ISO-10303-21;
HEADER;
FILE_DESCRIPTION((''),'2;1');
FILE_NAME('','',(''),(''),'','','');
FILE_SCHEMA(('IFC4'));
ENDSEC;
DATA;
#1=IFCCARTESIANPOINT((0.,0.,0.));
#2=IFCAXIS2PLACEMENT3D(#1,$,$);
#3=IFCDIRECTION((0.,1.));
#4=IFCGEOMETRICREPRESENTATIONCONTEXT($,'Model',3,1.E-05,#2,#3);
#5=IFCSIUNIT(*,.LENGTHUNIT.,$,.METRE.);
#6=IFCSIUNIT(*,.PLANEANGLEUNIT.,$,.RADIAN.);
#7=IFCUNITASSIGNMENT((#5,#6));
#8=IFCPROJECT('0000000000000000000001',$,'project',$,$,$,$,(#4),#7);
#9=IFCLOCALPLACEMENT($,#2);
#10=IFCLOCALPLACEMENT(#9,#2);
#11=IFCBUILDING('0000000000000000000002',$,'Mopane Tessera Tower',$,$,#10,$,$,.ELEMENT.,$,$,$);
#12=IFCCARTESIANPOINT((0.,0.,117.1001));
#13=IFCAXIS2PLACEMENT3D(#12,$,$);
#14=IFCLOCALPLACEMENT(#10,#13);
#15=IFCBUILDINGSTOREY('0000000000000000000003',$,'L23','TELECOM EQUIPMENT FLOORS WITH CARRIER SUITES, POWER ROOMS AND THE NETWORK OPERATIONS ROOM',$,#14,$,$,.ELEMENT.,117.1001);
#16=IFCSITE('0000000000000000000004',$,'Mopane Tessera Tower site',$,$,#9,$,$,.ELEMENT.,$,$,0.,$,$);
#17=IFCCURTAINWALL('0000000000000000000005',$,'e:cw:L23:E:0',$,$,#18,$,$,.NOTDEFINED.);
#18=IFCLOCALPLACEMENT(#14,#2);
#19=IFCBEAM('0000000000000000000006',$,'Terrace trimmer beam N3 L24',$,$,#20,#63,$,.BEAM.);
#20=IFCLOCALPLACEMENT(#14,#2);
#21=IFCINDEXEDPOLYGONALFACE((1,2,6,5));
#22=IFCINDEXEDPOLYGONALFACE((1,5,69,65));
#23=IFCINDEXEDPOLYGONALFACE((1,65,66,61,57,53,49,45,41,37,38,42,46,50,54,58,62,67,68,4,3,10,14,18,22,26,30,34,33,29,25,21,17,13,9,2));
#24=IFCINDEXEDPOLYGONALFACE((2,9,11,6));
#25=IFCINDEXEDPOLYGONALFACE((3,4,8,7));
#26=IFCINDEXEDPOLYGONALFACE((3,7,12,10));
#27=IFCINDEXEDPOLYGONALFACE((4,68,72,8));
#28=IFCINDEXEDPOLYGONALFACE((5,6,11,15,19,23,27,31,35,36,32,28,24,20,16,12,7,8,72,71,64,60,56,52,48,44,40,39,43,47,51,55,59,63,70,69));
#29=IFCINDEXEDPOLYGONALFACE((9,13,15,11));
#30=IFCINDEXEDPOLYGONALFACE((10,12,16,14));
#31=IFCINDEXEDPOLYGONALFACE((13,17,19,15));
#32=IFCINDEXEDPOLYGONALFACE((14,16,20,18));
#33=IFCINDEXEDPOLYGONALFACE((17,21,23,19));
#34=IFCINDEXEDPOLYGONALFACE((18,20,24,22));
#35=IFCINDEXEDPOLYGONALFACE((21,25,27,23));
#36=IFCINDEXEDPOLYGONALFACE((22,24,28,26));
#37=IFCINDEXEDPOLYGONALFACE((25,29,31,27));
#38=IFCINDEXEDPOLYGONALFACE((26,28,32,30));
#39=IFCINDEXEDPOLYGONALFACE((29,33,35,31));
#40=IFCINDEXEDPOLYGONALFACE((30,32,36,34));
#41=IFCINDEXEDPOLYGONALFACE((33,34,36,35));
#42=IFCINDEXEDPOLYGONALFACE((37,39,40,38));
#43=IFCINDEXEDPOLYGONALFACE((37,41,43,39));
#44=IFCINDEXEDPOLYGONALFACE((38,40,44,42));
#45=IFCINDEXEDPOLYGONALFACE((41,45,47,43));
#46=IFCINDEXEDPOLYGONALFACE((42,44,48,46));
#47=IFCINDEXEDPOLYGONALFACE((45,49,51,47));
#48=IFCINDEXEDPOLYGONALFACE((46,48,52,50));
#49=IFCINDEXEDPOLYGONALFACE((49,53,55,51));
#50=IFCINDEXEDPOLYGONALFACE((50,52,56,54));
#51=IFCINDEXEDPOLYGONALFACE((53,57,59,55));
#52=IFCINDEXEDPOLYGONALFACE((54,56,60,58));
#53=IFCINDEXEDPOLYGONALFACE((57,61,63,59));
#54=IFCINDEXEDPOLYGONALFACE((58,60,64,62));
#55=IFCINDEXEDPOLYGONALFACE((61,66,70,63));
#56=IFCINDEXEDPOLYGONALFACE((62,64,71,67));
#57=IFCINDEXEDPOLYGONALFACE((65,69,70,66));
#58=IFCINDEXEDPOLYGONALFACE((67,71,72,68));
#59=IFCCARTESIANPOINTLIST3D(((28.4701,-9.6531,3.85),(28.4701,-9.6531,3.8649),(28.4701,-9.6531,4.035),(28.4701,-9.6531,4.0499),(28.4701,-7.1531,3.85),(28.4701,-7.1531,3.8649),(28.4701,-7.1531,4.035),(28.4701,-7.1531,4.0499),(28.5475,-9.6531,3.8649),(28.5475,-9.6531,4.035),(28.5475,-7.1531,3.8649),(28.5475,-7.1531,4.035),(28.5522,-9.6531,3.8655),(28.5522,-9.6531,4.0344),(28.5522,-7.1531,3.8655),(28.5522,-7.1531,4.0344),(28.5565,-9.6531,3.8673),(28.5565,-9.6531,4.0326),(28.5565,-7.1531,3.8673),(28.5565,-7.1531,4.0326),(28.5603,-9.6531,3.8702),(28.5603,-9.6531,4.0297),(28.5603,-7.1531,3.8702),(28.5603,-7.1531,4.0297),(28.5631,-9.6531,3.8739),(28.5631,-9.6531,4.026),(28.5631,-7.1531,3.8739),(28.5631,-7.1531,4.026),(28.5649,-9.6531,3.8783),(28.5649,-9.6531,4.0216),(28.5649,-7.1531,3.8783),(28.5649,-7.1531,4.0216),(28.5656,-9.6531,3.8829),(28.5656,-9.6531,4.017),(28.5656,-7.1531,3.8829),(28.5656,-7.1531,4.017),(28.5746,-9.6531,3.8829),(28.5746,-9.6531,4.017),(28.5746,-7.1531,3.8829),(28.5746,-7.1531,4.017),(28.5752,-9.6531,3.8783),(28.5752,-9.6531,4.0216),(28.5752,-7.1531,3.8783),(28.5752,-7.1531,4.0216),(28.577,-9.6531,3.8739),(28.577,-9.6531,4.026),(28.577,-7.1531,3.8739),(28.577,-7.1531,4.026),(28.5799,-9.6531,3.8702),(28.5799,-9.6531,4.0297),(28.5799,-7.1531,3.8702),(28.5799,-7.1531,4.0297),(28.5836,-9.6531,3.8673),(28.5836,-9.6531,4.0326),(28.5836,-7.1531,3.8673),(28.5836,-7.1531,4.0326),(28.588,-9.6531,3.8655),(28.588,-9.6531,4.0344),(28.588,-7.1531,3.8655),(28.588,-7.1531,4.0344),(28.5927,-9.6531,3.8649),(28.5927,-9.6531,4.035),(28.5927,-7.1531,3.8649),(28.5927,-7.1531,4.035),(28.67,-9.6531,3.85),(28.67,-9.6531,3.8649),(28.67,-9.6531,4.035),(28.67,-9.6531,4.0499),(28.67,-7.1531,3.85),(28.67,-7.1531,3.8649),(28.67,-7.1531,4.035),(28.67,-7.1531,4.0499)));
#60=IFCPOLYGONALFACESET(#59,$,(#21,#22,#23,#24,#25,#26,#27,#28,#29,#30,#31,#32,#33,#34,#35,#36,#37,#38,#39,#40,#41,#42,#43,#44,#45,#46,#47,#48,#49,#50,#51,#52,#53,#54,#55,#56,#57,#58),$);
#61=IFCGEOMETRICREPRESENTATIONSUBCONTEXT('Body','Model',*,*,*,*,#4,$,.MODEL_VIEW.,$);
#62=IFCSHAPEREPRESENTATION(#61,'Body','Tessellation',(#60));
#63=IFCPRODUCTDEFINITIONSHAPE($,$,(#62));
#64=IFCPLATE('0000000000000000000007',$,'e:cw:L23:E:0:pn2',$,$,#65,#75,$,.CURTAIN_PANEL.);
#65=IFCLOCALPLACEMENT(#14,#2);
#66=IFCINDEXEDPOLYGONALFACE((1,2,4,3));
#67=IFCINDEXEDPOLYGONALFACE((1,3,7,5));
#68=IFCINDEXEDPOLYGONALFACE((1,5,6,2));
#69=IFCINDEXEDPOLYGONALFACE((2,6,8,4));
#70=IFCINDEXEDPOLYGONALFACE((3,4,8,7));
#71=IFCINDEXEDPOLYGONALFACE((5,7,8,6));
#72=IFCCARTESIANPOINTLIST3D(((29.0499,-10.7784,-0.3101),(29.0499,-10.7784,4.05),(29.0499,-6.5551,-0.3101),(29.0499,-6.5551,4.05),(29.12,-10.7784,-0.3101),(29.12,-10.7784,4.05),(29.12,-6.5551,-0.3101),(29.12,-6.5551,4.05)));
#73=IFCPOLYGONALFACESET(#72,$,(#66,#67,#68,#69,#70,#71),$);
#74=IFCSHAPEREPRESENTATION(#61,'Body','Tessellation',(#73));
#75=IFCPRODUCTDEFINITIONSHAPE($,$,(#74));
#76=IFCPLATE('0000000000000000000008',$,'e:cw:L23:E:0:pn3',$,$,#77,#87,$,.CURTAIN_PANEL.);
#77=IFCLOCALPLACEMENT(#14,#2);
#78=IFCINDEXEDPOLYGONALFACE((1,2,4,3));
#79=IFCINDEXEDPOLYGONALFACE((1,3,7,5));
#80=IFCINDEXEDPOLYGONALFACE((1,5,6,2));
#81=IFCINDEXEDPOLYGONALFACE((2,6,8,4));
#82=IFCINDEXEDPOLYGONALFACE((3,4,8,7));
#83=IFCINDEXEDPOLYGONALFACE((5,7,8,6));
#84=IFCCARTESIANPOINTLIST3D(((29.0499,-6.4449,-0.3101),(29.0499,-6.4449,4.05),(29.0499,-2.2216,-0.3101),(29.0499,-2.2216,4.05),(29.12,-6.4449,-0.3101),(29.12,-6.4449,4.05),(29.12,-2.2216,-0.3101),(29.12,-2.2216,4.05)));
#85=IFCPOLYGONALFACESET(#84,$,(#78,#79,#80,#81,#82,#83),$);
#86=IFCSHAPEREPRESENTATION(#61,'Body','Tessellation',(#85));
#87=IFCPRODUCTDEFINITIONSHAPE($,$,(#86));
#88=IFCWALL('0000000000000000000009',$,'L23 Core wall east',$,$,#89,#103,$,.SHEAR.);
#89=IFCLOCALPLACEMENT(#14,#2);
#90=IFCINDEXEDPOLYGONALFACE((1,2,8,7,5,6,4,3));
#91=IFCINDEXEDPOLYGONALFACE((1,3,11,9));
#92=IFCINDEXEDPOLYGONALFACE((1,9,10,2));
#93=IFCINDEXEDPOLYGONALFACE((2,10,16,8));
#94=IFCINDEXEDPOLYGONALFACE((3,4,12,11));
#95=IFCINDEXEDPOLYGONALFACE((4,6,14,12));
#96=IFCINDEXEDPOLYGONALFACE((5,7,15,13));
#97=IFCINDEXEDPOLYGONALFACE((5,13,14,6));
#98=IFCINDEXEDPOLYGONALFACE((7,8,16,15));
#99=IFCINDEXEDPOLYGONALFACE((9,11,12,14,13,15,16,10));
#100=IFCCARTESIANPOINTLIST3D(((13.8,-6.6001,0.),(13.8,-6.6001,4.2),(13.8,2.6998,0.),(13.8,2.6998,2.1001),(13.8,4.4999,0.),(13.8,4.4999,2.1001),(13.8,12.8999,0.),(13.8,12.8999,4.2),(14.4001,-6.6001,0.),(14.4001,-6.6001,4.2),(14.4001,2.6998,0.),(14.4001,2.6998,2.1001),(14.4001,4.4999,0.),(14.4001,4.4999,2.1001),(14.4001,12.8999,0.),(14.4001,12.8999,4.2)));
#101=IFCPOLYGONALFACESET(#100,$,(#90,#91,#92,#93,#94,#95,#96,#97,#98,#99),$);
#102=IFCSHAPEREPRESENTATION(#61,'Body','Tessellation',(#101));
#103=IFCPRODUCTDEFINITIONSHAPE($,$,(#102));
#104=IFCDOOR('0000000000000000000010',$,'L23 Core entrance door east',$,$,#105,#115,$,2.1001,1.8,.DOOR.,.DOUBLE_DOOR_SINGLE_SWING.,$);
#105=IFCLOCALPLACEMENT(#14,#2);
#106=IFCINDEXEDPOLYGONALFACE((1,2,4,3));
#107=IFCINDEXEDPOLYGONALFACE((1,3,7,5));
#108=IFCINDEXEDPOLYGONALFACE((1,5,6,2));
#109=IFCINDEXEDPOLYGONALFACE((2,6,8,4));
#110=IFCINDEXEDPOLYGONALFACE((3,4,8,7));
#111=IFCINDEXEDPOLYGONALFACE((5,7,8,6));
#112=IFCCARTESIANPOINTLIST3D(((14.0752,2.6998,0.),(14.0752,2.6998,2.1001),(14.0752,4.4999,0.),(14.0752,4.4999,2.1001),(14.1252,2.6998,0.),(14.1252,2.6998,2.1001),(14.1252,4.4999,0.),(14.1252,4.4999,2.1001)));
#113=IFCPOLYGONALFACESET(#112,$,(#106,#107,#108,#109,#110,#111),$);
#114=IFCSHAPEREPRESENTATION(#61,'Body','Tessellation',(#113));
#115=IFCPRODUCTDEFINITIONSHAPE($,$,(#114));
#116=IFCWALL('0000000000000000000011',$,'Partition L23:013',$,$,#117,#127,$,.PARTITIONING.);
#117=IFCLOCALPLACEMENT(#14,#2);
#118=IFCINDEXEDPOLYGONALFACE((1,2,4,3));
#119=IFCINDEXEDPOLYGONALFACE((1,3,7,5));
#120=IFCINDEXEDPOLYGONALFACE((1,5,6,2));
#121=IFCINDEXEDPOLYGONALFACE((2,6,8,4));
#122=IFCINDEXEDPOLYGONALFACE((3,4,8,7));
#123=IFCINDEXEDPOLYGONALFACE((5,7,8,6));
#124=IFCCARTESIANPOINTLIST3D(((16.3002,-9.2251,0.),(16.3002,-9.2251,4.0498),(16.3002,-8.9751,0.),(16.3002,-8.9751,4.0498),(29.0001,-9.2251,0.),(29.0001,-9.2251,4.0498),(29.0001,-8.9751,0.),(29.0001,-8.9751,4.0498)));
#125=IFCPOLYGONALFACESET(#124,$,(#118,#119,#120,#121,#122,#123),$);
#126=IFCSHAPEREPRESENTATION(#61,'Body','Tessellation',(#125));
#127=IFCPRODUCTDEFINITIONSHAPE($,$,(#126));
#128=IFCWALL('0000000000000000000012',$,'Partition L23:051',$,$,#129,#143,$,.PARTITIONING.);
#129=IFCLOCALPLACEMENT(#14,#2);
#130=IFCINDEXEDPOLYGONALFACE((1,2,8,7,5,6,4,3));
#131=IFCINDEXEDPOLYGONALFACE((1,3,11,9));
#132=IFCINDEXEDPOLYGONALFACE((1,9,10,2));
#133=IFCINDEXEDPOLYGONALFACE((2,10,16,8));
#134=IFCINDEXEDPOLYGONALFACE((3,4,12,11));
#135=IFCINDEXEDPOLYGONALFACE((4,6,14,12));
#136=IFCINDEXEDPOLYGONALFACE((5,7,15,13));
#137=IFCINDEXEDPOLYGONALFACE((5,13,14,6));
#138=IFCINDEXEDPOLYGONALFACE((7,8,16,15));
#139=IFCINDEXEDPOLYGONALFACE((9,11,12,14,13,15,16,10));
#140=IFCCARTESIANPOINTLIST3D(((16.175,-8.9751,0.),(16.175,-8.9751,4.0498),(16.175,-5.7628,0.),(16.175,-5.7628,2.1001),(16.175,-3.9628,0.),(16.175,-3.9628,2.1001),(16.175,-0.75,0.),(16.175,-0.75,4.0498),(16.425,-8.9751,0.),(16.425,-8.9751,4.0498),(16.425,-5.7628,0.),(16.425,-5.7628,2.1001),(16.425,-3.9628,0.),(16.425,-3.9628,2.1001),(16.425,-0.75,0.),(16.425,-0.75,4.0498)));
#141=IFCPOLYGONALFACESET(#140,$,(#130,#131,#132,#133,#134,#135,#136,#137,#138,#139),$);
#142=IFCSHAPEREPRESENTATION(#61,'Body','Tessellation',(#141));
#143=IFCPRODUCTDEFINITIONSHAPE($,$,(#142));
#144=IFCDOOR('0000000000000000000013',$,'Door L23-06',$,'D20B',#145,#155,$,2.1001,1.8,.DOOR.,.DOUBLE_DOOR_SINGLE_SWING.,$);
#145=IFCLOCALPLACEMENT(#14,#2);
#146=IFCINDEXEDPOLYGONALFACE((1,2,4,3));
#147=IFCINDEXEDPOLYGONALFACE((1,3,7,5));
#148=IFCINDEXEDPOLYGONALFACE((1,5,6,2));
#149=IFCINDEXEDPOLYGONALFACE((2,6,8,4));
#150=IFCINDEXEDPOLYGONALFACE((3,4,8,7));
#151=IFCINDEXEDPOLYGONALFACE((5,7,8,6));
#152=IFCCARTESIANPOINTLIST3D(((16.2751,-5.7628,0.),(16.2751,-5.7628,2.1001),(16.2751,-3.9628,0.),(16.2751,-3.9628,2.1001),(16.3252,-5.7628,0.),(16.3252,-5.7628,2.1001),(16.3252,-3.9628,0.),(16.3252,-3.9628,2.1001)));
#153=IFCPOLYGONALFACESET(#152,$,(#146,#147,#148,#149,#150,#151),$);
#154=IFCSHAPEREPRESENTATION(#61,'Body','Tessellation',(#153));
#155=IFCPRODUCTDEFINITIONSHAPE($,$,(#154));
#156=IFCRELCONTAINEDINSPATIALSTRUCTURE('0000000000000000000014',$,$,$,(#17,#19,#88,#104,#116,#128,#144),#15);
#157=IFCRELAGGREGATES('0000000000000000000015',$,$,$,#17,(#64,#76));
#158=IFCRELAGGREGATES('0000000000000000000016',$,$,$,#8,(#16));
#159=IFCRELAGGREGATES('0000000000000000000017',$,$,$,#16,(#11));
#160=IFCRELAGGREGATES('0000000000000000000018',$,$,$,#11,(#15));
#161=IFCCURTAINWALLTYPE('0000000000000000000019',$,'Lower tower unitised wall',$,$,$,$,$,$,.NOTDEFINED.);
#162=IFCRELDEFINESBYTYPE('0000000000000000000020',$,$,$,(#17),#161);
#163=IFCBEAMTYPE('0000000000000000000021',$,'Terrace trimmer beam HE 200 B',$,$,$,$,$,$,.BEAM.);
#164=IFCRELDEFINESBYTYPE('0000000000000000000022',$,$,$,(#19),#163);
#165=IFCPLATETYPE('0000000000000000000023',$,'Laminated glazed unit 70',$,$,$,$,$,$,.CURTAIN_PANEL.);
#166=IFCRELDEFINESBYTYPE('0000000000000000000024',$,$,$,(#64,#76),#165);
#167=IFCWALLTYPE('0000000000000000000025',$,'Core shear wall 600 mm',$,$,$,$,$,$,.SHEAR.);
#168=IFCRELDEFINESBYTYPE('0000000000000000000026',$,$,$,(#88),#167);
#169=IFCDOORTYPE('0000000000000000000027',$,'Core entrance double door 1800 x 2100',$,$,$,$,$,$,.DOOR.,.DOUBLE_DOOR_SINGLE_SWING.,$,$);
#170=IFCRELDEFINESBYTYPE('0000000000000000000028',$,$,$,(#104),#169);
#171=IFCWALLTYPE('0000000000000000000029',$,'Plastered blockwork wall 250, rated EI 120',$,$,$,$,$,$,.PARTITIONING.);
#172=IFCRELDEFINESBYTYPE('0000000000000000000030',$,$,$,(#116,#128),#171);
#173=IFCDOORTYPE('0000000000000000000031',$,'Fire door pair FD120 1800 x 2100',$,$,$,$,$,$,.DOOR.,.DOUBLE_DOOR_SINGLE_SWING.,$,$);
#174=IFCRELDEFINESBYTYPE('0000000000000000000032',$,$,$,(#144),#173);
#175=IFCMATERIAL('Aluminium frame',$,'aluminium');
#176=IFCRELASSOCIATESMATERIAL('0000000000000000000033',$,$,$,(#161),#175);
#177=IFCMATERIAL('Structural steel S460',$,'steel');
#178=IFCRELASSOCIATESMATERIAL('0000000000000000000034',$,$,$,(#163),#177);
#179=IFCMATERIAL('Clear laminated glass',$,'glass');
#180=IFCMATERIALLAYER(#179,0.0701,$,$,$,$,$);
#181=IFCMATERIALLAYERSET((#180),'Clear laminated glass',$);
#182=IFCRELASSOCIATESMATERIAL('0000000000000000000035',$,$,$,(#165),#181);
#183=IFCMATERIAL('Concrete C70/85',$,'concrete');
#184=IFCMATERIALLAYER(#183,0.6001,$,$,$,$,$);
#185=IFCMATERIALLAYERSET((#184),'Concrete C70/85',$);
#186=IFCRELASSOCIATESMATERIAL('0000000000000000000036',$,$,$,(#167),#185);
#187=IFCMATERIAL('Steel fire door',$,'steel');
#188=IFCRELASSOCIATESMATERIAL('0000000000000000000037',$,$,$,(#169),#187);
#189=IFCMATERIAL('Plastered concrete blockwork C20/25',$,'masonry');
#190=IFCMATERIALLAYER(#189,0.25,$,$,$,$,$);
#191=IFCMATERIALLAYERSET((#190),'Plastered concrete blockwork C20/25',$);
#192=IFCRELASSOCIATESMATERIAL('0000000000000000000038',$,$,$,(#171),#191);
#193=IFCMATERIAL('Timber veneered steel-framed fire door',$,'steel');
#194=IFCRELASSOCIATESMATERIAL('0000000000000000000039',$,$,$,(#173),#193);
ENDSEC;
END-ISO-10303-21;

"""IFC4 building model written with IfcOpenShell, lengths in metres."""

from ifc_helpers import new_model, si_unit, direction, frame, frame_2d, origin, origin_2d, place, context, subcontext, project, spatial, rectangle, i_section, extrude, material, layer, layer_set, material_profile, profile_set, type_object, element, fill, aggregate, save


model = new_model("IFC4")

# Units and contexts
model_context = context("Model", 3, precision=1e-05, world=origin(), true_north=direction((0.0, 1.0)))
body_context = subcontext(model_context, "Body", "Model", "MODEL_VIEW")
ifc_project = project(units=[si_unit("LENGTHUNIT", "METRE"), si_unit("PLANEANGLEUNIT", "RADIAN")], contexts=[model_context])

# Site, building, storey
site_placement = place(None, origin())
site = spatial("IfcSite", under=ifc_project, at=site_placement, Name="Mopane Tessera Tower site", CompositionType="ELEMENT", RefElevation=0.0)
building_placement = place(site_placement, origin())
building = spatial("IfcBuilding", under=site, at=building_placement, Name="Mopane Tessera Tower", CompositionType="ELEMENT")
storey_placement = place(building_placement, frame((0.0, 0.0, 117.1001)))
storey = spatial("IfcBuildingStorey", under=building, at=storey_placement, Name="L23", Description="TELECOM EQUIPMENT FLOORS WITH CARRIER SUITES, POWER ROOMS AND THE NETWORK OPERATIONS ROOM", CompositionType="ELEMENT", Elevation=117.1001)

# Curtain wall
ifc_material_1 = material(Name="Aluminium frame", Category="aluminium")
curtain_wall_type = type_object("IfcCurtainWallType", Name="Lower tower unitised wall", PredefinedType="NOTDEFINED", material=ifc_material_1)
curtain_wall_placement = place(storey_placement, origin())
curtain_wall = element("IfcCurtainWall", 1, at=curtain_wall_placement, inside=storey, type_object=curtain_wall_type, Name="e:cw:L23:E:0", PredefinedType="NOTDEFINED")

# Beam
ifc_material_2 = material(Name="Structural steel S460", Category="steel")
ifc_material_profile_1 = material_profile(ifc_material_2, i_section(OverallWidth=0.2, OverallDepth=0.2, WebThickness=0.009, FlangeThickness=0.0149, FilletRadius=0.0181, at=origin_2d()))
ifc_profile_set_1 = profile_set([ifc_material_profile_1], Name="Structural steel S460")
beam_type_1 = type_object("IfcBeamType", Name="Terrace trimmer beam HE 200 B", PredefinedType="BEAM", material=ifc_profile_set_1)
beam_1_placement = place(storey_placement, frame((28.5701, -7.1531, 3.95), z_axis=(0.0, -1.0, 0.0), x_axis=(1.0, 0.0, 0.0)))
element("IfcBeam", 2, at=beam_1_placement, inside=storey, type_object=beam_type_1, Name="Terrace trimmer beam N3 L24", PredefinedType="BEAM", context=body_context, shape_type="SweptSolid", body=[
    extrude(i_section(OverallWidth=0.2, OverallDepth=0.2, WebThickness=0.009, FlangeThickness=0.0149, FilletRadius=0.0181, at=origin_2d()), origin(), (0.0, 0.0, 1.0), 2.5),
])

# Plates
ifc_material_3 = material(Name="Clear laminated glass", Category="glass")
ifc_layer_1 = layer(ifc_material_3, 0.0701)
ifc_layer_set_1 = layer_set([ifc_layer_1], Name="Clear laminated glass")
plate_type = type_object("IfcPlateType", Name="Laminated glazed unit 70", PredefinedType="CURTAIN_PANEL", material=ifc_layer_set_1)
plate_1_placement = place(storey_placement, frame((29.085, -8.6667, -0.3101), z_axis=(0.0, 0.0, 1.0), x_axis=(0.0, 1.0, 0.0)))
plate_1 = element("IfcPlate", 3, at=plate_1_placement, type_object=plate_type, Name="e:cw:L23:E:0:pn2", PredefinedType="CURTAIN_PANEL", context=body_context, shape_type="SweptSolid", body=[
    extrude(rectangle(XDim=4.2234, YDim=0.0701, at=origin_2d()), origin(), (0.0, 0.0, 1.0), 4.3601),
])
plate_2_placement = place(storey_placement, frame((29.085, -4.3333, -0.3101), z_axis=(0.0, 0.0, 1.0), x_axis=(0.0, 1.0, 0.0)))
plate_2 = element("IfcPlate", 4, at=plate_2_placement, type_object=plate_type, Name="e:cw:L23:E:0:pn3", PredefinedType="CURTAIN_PANEL", context=body_context, shape_type="SweptSolid", body=[
    extrude(rectangle(XDim=4.2234, YDim=0.0701, at=origin_2d()), origin(), (0.0, 0.0, 1.0), 4.3601),
])
aggregate(curtain_wall, [plate_1, plate_2])

# Wall, opening, door
ifc_material_4 = material(Name="Concrete C70/85", Category="concrete")
ifc_layer_2 = layer(ifc_material_4, 0.6001)
ifc_layer_set_2 = layer_set([ifc_layer_2], Name="Concrete C70/85")
wall_type_1 = type_object("IfcWallType", Name="Core shear wall 600 mm", PredefinedType="SHEAR", material=ifc_layer_set_2)
wall_1_placement = place(storey_placement, frame((14.1001, -6.6001, 0.0), z_axis=(0.0, 0.0, 1.0), x_axis=(0.0, 1.0, 0.0)))
wall_1 = element("IfcWall", 5, at=wall_1_placement, inside=storey, type_object=wall_type_1, Name="L23 Core wall east", PredefinedType="SHEAR", context=body_context, shape_type="SweptSolid", body=[
    extrude(rectangle(XDim=19.5, YDim=0.6001, at=frame_2d((9.75, 0.0))), origin(), (0.0, 0.0, 1.0), 4.2),
])
opening_1_placement = place(wall_1_placement, frame((9.3, 0.0, 0.0)))
opening_1 = element("IfcOpeningElement", 6, at=opening_1_placement, cuts=wall_1, PredefinedType="OPENING", context=body_context, shape_type="SweptSolid", body=[
    extrude(rectangle(XDim=1.8, YDim=2.1001, at=frame_2d((0.8999, 1.05))), frame((0.0, 0.312, 0.0), z_axis=(0.0, -1.0, 0.0), x_axis=(1.0, 0.0, 0.0)), (0.0, 0.0, 1.0), 0.624),
])
ifc_material_5 = material(Name="Steel fire door", Category="steel")
door_type_1 = type_object("IfcDoorType", Name="Core entrance double door 1800 x 2100", OperationType="DOUBLE_DOOR_SINGLE_SWING", PredefinedType="DOOR", material=ifc_material_5)
door_1_placement = place(opening_1_placement, origin())
door_1 = element("IfcDoor", 7, at=door_1_placement, inside=storey, type_object=door_type_1, Name="L23 Core entrance door east", OperationType="DOUBLE_DOOR_SINGLE_SWING", OverallHeight=2.1001, OverallWidth=1.8, PredefinedType="DOOR", context=body_context, shape_type="SweptSolid", body=[
    extrude(rectangle(XDim=1.8, YDim=2.1001, at=frame_2d((0.8999, 1.05))), frame((0.0, 0.0249, 0.0), z_axis=(0.0, -1.0, 0.0), x_axis=(1.0, 0.0, 0.0)), (0.0, 0.0, 1.0), 0.05),
])
fill(opening_1, door_1)

# Wall
ifc_material_6 = material(Name="Plastered concrete blockwork C20/25", Category="masonry")
ifc_layer_3 = layer(ifc_material_6, 0.25)
ifc_layer_set_3 = layer_set([ifc_layer_3], Name="Plastered concrete blockwork C20/25")
wall_type_2 = type_object("IfcWallType", Name="Plastered blockwork wall 250, rated EI 120", PredefinedType="PARTITIONING", material=ifc_layer_set_3)
wall_2_placement = place(storey_placement, frame((16.3, -9.1001, 0.0), z_axis=(0.0, 0.0, 1.0), x_axis=(1.0, 0.0, 0.0)))
element("IfcWall", 8, at=wall_2_placement, inside=storey, type_object=wall_type_2, Name="Partition L23:013", PredefinedType="PARTITIONING", context=body_context, shape_type="SweptSolid", body=[
    extrude(rectangle(XDim=12.7, YDim=0.25, at=frame_2d((6.3501, 0.0))), origin(), (0.0, 0.0, 1.0), 4.0498),
])

# Wall, opening, door
wall_3_placement = place(storey_placement, frame((16.3, -8.9751, 0.0), z_axis=(0.0, 0.0, 1.0), x_axis=(0.0, 1.0, 0.0)))
wall_3 = element("IfcWall", 9, at=wall_3_placement, inside=storey, type_object=wall_type_2, Name="Partition L23:051", PredefinedType="PARTITIONING", context=body_context, shape_type="SweptSolid", body=[
    extrude(rectangle(XDim=8.2251, YDim=0.25, at=frame_2d((4.1125, 0.0))), origin(), (0.0, 0.0, 1.0), 4.0498),
])
opening_2_placement = place(wall_3_placement, frame((3.2124, 0.0, 0.0)))
opening_2 = element("IfcOpeningElement", 10, at=opening_2_placement, cuts=wall_3, PredefinedType="OPENING", context=body_context, shape_type="SweptSolid", body=[
    extrude(rectangle(XDim=1.8, YDim=2.1001, at=frame_2d((0.8999, 1.05))), frame((0.0, 0.137, 0.0), z_axis=(0.0, -1.0, 0.0), x_axis=(1.0, 0.0, 0.0)), (0.0, 0.0, 1.0), 0.2739),
])
ifc_material_7 = material(Name="Timber veneered steel-framed fire door", Category="steel")
door_type_2 = type_object("IfcDoorType", Name="Fire door pair FD120 1800 x 2100", OperationType="DOUBLE_DOOR_SINGLE_SWING", PredefinedType="DOOR", material=ifc_material_7)
door_2_placement = place(opening_2_placement, origin())
door_2 = element("IfcDoor", 11, at=door_2_placement, inside=storey, type_object=door_type_2, Name="Door L23-06", ObjectType="D20B", OperationType="DOUBLE_DOOR_SINGLE_SWING", OverallHeight=2.1001, OverallWidth=1.8, PredefinedType="DOOR", context=body_context, shape_type="SweptSolid", body=[
    extrude(rectangle(XDim=1.8, YDim=2.1001, at=frame_2d((0.8999, 1.05))), frame((0.0, 0.0249, 0.0), z_axis=(0.0, -1.0, 0.0), x_axis=(1.0, 0.0, 0.0)), (0.0, 0.0, 1.0), 0.05),
])
fill(opening_2, door_2)

save(model, "model.ifc")
